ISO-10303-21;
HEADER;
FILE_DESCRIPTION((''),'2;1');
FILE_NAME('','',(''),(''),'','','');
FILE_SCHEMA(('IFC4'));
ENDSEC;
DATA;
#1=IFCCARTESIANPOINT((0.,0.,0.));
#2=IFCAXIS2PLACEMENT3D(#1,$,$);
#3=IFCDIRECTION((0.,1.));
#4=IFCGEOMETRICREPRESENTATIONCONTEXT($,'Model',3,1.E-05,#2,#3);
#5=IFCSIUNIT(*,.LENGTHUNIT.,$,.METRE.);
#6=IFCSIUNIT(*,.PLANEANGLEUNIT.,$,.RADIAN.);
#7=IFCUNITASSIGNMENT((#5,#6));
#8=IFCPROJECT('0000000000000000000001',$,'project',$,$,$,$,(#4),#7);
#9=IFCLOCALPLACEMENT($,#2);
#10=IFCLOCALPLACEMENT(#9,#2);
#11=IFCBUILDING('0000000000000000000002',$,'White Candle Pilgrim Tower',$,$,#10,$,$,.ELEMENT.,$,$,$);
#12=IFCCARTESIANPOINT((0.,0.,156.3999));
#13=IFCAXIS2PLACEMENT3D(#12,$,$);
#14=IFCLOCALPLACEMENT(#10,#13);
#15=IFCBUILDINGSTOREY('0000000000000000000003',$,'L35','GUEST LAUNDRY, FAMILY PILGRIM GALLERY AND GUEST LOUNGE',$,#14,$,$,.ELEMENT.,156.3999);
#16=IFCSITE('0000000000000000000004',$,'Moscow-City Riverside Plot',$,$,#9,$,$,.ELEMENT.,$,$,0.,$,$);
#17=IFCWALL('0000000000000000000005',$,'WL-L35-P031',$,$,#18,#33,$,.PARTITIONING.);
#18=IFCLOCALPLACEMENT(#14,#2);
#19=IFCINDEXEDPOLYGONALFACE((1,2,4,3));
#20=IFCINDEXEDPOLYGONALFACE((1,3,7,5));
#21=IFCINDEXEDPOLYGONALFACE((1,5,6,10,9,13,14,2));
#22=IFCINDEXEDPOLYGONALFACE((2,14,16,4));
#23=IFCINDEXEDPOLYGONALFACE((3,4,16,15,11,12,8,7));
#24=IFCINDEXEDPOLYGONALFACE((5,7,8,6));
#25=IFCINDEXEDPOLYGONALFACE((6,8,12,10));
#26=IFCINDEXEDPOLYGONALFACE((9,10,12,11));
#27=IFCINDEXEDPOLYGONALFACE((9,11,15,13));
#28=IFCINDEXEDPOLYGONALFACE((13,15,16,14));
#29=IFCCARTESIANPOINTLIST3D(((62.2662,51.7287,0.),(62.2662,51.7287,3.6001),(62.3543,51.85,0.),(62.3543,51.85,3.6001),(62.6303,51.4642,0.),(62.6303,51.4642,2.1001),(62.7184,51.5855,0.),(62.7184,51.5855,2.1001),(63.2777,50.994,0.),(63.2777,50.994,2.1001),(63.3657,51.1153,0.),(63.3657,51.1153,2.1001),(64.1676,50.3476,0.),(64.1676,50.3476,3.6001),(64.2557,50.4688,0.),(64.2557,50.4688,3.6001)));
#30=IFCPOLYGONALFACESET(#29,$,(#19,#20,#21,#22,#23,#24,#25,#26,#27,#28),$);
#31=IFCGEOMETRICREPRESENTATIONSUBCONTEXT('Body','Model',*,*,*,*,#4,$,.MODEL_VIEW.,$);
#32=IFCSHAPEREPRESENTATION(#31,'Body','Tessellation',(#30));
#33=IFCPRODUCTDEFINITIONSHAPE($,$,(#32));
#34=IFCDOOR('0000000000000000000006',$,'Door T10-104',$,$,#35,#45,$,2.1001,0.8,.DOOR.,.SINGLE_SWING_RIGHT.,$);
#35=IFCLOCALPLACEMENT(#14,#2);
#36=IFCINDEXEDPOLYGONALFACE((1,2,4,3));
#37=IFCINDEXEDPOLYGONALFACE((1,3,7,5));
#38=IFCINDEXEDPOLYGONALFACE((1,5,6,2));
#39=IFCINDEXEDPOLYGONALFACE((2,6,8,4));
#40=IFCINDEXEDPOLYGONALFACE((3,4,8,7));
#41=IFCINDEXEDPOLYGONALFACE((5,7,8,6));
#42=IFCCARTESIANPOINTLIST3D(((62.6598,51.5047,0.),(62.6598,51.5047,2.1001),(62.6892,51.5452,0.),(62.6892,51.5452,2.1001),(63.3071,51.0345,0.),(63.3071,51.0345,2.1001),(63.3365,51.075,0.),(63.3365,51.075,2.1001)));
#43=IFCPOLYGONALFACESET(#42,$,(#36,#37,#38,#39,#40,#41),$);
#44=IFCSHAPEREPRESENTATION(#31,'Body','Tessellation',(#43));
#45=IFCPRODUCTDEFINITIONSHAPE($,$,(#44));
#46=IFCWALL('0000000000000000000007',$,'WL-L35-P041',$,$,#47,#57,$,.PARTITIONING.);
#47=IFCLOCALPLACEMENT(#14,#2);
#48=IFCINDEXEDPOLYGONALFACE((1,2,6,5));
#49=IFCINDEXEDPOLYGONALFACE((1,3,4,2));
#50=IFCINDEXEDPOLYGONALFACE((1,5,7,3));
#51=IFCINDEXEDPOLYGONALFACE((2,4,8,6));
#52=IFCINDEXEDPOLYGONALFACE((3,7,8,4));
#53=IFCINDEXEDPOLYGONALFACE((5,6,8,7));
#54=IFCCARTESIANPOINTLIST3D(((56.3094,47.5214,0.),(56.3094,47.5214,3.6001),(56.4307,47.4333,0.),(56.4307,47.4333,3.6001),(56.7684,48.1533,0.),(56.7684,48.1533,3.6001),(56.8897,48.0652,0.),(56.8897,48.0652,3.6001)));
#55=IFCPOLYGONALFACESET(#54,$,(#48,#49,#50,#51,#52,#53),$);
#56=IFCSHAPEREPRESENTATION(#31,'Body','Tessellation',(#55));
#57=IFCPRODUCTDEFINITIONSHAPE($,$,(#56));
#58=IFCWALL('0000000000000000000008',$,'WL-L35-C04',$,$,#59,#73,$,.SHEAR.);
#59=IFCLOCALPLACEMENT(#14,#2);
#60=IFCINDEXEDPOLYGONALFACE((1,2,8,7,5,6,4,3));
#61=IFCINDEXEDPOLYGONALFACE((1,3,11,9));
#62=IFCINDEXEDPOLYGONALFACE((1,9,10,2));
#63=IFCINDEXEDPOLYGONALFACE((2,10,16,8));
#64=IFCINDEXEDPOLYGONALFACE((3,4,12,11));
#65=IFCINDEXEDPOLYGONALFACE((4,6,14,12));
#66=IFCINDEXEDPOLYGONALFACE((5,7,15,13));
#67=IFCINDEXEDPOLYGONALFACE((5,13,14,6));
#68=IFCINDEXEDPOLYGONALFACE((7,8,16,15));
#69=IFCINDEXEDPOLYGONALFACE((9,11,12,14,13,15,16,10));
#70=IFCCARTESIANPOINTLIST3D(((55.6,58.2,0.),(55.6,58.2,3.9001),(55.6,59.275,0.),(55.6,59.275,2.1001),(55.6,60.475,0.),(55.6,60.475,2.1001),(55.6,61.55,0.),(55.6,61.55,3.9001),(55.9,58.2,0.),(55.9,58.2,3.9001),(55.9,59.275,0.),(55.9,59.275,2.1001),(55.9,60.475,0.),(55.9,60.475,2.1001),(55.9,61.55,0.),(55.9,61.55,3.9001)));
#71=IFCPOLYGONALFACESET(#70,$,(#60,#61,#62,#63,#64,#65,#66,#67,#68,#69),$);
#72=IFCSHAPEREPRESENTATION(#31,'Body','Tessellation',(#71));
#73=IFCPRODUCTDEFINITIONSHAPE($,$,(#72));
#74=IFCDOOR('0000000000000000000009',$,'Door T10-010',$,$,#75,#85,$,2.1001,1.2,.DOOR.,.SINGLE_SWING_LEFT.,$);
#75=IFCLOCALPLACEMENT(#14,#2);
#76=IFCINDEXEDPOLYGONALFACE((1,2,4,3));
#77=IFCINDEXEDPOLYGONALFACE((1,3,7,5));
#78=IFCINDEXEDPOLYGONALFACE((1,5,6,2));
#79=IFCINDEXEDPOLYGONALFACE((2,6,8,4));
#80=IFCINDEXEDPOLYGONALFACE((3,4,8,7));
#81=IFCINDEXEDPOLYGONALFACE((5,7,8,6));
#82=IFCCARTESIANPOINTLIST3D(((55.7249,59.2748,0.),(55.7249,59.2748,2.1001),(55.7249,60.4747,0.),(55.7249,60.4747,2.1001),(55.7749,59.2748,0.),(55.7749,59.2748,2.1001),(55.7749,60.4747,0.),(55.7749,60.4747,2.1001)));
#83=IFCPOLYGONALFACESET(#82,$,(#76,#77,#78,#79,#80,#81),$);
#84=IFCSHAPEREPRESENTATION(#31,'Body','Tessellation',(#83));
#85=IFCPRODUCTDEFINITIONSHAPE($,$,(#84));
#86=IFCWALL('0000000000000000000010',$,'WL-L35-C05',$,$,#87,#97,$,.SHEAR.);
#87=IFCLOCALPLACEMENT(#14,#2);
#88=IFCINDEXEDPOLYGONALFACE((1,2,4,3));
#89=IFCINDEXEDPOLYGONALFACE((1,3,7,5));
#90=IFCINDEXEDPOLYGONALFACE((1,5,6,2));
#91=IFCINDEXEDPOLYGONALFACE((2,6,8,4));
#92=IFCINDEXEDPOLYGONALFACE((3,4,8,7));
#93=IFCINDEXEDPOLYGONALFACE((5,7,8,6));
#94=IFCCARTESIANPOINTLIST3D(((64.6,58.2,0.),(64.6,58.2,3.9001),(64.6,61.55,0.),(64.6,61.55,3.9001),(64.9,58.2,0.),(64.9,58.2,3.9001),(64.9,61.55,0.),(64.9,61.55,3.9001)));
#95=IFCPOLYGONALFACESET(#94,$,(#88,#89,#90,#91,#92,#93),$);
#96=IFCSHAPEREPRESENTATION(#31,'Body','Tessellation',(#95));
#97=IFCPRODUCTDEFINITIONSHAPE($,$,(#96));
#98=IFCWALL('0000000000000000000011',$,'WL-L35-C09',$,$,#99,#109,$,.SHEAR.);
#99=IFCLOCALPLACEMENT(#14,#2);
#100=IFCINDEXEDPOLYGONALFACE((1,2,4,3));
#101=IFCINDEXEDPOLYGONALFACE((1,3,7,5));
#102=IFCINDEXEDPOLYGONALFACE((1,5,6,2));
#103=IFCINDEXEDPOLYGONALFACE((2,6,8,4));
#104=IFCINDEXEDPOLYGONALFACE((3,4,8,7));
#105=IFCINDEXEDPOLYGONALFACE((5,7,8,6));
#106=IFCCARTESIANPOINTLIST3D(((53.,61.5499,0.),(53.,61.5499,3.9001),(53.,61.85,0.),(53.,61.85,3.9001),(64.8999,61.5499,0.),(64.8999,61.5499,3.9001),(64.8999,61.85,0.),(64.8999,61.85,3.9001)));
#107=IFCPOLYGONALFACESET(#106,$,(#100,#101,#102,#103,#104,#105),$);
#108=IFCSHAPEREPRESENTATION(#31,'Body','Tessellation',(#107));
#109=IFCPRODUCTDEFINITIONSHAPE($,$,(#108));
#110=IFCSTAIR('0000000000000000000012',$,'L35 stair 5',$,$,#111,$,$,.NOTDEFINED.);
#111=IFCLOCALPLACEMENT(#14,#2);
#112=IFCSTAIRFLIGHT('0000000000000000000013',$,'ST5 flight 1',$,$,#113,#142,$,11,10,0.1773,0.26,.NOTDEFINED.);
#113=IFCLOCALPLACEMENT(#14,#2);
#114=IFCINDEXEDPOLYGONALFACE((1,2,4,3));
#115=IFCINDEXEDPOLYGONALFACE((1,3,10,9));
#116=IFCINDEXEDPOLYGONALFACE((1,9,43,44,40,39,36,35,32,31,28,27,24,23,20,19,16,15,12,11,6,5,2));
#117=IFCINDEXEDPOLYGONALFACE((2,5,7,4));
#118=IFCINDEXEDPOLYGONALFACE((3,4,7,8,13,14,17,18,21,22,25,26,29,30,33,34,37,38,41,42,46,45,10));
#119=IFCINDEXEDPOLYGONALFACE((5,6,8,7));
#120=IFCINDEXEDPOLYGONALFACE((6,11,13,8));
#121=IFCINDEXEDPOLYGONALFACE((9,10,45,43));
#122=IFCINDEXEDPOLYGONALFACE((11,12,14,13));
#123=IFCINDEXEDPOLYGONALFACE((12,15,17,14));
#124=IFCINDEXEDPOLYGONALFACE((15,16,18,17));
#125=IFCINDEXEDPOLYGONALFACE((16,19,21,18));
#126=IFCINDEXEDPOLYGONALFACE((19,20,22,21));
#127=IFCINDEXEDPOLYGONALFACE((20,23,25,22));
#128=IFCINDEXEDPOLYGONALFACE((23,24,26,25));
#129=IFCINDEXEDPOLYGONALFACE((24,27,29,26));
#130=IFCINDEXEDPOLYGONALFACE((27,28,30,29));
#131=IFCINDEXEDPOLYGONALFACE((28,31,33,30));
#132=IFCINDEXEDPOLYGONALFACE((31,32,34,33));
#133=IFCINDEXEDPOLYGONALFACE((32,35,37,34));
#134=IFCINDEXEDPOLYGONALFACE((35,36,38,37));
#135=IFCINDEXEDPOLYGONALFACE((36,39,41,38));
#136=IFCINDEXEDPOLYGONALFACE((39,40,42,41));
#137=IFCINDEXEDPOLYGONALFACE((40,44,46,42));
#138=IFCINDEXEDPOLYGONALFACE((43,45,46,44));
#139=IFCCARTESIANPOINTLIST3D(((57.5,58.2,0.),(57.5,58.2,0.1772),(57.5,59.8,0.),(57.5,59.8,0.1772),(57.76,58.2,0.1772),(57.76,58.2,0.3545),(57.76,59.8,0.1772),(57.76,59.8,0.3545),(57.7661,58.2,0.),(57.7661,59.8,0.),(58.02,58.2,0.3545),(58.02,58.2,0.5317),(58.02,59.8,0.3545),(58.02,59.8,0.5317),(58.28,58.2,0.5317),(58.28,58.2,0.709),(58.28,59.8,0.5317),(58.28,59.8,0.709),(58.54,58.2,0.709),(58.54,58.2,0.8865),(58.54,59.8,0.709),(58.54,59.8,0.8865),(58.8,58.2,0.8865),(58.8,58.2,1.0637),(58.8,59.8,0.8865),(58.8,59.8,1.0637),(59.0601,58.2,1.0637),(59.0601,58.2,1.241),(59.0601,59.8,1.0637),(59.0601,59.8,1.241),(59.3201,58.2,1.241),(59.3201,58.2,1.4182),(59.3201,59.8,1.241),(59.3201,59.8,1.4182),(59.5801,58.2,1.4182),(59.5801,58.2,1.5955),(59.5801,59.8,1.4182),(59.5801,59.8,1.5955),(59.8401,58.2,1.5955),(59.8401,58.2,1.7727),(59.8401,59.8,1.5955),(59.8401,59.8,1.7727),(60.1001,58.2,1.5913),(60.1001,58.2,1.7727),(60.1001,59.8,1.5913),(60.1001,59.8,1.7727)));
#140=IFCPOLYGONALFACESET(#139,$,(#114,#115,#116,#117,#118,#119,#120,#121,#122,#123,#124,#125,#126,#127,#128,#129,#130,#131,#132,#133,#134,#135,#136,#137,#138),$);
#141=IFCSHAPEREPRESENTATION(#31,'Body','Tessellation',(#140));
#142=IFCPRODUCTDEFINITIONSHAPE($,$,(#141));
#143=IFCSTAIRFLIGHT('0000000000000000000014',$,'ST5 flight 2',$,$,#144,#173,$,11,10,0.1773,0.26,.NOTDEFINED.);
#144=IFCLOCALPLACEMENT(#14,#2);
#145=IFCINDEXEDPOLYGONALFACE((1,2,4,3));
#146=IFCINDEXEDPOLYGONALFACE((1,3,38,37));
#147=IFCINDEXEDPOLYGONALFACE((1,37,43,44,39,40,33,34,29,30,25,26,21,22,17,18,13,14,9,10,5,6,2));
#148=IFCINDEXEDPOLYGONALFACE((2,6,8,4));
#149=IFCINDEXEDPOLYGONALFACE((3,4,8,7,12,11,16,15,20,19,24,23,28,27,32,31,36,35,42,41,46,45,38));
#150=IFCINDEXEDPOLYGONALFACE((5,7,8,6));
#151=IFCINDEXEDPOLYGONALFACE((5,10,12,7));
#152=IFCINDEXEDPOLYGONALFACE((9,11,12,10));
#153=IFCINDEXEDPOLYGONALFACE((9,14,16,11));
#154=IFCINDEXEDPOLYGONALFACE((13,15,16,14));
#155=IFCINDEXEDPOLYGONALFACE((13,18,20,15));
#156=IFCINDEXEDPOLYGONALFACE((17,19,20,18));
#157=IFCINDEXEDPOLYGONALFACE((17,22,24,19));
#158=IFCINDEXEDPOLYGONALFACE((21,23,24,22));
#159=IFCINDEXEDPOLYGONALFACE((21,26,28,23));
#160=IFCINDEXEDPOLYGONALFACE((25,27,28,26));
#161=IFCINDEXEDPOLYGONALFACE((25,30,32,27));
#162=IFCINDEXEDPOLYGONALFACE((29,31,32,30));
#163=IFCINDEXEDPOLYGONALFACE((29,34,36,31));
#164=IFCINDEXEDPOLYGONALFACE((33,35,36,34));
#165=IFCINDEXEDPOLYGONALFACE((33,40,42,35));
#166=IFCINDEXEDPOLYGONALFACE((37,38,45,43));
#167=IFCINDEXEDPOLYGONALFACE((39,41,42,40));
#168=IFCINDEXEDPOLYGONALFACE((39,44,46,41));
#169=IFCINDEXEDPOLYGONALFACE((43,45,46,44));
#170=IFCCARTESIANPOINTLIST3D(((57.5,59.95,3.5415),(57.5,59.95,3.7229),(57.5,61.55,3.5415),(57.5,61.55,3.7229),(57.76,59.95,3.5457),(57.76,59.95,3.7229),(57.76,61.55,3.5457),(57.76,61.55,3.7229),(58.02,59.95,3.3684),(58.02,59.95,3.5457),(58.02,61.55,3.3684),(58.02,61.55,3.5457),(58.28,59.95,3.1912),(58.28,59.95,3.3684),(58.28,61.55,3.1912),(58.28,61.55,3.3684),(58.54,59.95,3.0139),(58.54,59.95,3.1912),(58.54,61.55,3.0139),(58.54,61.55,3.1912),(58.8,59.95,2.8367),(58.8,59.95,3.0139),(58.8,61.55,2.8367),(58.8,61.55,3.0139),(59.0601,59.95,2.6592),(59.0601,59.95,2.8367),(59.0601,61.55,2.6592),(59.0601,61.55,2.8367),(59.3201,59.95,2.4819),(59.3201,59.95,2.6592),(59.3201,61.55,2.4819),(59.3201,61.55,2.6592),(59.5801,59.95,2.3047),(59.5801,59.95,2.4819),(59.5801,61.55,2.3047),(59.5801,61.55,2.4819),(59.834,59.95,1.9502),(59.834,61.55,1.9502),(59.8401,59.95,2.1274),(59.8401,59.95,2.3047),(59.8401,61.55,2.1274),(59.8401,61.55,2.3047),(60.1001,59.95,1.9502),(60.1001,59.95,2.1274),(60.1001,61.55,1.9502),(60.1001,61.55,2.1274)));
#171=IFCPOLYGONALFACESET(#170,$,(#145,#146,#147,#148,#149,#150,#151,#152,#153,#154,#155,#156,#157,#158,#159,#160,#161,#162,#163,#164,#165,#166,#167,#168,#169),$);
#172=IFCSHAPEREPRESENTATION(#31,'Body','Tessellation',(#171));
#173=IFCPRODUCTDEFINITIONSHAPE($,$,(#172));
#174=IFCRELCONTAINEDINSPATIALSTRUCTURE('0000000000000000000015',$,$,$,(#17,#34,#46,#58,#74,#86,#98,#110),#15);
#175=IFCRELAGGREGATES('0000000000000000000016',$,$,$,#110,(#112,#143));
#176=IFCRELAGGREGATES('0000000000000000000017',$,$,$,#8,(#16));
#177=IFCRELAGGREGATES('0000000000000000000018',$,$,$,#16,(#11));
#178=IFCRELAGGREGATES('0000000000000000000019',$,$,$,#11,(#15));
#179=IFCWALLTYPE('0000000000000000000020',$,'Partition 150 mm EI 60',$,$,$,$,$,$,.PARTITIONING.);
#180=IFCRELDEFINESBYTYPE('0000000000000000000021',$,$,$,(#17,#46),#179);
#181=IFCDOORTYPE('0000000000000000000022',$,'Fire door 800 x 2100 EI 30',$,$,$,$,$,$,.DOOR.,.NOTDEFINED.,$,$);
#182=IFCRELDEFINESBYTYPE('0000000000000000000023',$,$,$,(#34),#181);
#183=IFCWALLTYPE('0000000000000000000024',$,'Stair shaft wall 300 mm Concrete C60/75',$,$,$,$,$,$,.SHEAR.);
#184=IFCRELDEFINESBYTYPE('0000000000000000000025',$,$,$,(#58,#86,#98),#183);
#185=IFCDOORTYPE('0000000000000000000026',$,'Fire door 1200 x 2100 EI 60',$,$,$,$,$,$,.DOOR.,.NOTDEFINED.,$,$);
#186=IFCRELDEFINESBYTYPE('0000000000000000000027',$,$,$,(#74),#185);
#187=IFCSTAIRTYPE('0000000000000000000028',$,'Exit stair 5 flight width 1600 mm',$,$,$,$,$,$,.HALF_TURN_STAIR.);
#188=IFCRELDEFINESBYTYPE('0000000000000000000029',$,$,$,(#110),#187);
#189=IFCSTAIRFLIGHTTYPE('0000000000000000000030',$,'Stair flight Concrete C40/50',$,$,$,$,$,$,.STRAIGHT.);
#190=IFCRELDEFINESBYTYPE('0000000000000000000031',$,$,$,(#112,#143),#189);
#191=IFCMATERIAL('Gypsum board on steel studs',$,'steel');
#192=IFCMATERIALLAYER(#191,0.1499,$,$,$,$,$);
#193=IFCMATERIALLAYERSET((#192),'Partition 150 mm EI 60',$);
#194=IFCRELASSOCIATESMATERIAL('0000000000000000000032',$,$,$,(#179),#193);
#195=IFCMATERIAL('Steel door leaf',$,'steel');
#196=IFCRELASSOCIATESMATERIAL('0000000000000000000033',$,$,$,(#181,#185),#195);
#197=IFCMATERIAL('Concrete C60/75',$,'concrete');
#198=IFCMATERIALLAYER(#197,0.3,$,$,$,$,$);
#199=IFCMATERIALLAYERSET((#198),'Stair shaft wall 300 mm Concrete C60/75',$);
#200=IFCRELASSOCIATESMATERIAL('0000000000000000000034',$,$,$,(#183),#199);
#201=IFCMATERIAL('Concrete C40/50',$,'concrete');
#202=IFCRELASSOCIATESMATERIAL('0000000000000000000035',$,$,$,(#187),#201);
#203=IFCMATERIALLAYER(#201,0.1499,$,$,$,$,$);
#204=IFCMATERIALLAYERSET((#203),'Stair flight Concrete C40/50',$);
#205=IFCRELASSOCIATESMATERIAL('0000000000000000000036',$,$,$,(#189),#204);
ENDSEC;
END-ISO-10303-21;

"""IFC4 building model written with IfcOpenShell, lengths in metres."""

from ifc_helpers import new_model, si_unit, direction, frame, frame_2d, origin, place, context, subcontext, project, spatial, polyline, rectangle, outline, extrude, material, layer, layer_set, type_object, element, fill, aggregate, save


model = new_model("IFC4")

# Units and contexts
model_context = context("Model", 3, precision=1e-05, world=origin(), true_north=direction((0.0, 1.0)))
body_context = subcontext(model_context, "Body", "Model", "MODEL_VIEW")
ifc_project = project(units=[si_unit("LENGTHUNIT", "METRE"), si_unit("PLANEANGLEUNIT", "RADIAN")], contexts=[model_context])

# Site, building, storey
site_placement = place(None, origin())
site = spatial("IfcSite", under=ifc_project, at=site_placement, Name="Moscow-City Riverside Plot", CompositionType="ELEMENT", RefElevation=0.0)
building_placement = place(site_placement, origin())
building = spatial("IfcBuilding", under=site, at=building_placement, Name="White Candle Pilgrim Tower", CompositionType="ELEMENT")
storey_placement = place(building_placement, frame((0.0, 0.0, 156.3999)))
storey = spatial("IfcBuildingStorey", under=building, at=storey_placement, Name="L35", Description="GUEST LAUNDRY, FAMILY PILGRIM GALLERY AND GUEST LOUNGE", CompositionType="ELEMENT", Elevation=156.3999)

# Shared definitions
ifc_material_1 = material(Name="Concrete C60/75", Category="concrete")

# Shared definitions
ifc_material_2 = material(Name="Gypsum board on steel studs", Category="steel")
ifc_material_3 = material(Name="Steel door leaf", Category="steel")

# Shared definitions
ifc_layer_1 = layer(ifc_material_2, 0.1499)
ifc_layer_set_1 = layer_set([ifc_layer_1], Name="Partition 150 mm EI 60")
wall_type_1 = type_object("IfcWallType", Name="Partition 150 mm EI 60", PredefinedType="PARTITIONING", material=ifc_layer_set_1)

# Wall, opening, door
wall_1_placement = place(storey_placement, frame((64.2117, 50.4082, 0.0), z_axis=(0.0, 0.0, 1.0), x_axis=(-0.809082, 0.587696, 0.0)))
wall_1 = element("IfcWall", 1, at=wall_1_placement, inside=storey, type_object=wall_type_1, Name="WL-L35-P031", PredefinedType="PARTITIONING", context=body_context, shape_type="SweptSolid", body=[
    extrude(rectangle(XDim=2.3501, YDim=0.1499, at=frame_2d((1.175, 0.0))), origin(), (0.0, 0.0, 1.0), 3.6001),
])
opening_1_placement = place(wall_1_placement, frame((1.1001, 0.0, 0.0)))
opening_1 = element("IfcOpeningElement", 2, at=opening_1_placement, cuts=wall_1, PredefinedType="OPENING", context=body_context, shape_type="SweptSolid", body=[
    extrude(rectangle(XDim=0.8, YDim=2.1001, at=frame_2d((0.3999, 1.05))), frame((0.0, 0.085, 0.0), z_axis=(0.0, -1.0, 0.0), x_axis=(1.0, 0.0, 0.0)), (0.0, 0.0, 1.0), 0.1699),
])
door_type_1 = type_object("IfcDoorType", Name="Fire door 800 x 2100 EI 30", OperationType="NOTDEFINED", PredefinedType="DOOR", material=ifc_material_3)
door_1_placement = place(opening_1_placement, origin())
door_1 = element("IfcDoor", 3, at=door_1_placement, inside=storey, type_object=door_type_1, Name="Door T10-104", OperationType="SINGLE_SWING_RIGHT", OverallHeight=2.1001, OverallWidth=0.8, PredefinedType="DOOR", context=body_context, shape_type="SweptSolid", body=[
    extrude(rectangle(XDim=0.8, YDim=2.1001, at=frame_2d((0.3999, 1.05))), frame((0.0, 0.0249, 0.0), z_axis=(0.0, -1.0, 0.0), x_axis=(1.0, 0.0, 0.0)), (0.0, 0.0, 1.0), 0.05),
])
fill(opening_1, door_1)

# Wall
wall_2_placement = place(storey_placement, frame((56.8291, 48.1094, 0.0), z_axis=(0.0, 0.0, 1.0), x_axis=(-0.587725, -0.80906, 0.0)))
element("IfcWall", 4, at=wall_2_placement, inside=storey, type_object=wall_type_1, Name="WL-L35-P041", PredefinedType="PARTITIONING", context=body_context, shape_type="SweptSolid", body=[
    extrude(rectangle(XDim=0.781, YDim=0.1499, at=frame_2d((0.3906, 0.0))), origin(), (0.0, 0.0, 1.0), 3.6001),
])

# Wall, opening, door
ifc_layer_2 = layer(ifc_material_1, 0.3)
ifc_layer_set_2 = layer_set([ifc_layer_2], Name="Stair shaft wall 300 mm Concrete C60/75")
wall_type_2 = type_object("IfcWallType", Name="Stair shaft wall 300 mm Concrete C60/75", PredefinedType="SHEAR", material=ifc_layer_set_2)
wall_3_placement = place(storey_placement, frame((55.75, 58.2, 0.0), z_axis=(0.0, 0.0, 1.0), x_axis=(0.0, 1.0, 0.0)))
wall_3 = element("IfcWall", 5, at=wall_3_placement, inside=storey, type_object=wall_type_2, Name="WL-L35-C04", PredefinedType="SHEAR", context=body_context, shape_type="SweptSolid", body=[
    extrude(rectangle(XDim=3.3501, YDim=0.3, at=frame_2d((1.675, 0.0))), origin(), (0.0, 0.0, 1.0), 3.9001),
])
opening_2_placement = place(wall_3_placement, frame((1.075, 0.0, 0.0)))
opening_2 = element("IfcOpeningElement", 6, at=opening_2_placement, cuts=wall_3, PredefinedType="OPENING", context=body_context, shape_type="SweptSolid", body=[
    extrude(rectangle(XDim=1.2, YDim=2.1001, at=frame_2d((0.6001, 1.05))), frame((0.0, 0.1599, 0.0), z_axis=(0.0, -1.0, 0.0), x_axis=(1.0, 0.0, 0.0)), (0.0, 0.0, 1.0), 0.3201),
])
door_type_2 = type_object("IfcDoorType", Name="Fire door 1200 x 2100 EI 60", OperationType="NOTDEFINED", PredefinedType="DOOR", material=ifc_material_3)
door_2_placement = place(opening_2_placement, frame((1.2, 0.0, 0.0), z_axis=(0.0, 0.0, 1.0), x_axis=(-1.0, 0.0, 0.0)))
door_2 = element("IfcDoor", 7, at=door_2_placement, inside=storey, type_object=door_type_2, Name="Door T10-010", OperationType="SINGLE_SWING_LEFT", OverallHeight=2.1001, OverallWidth=1.2, PredefinedType="DOOR", context=body_context, shape_type="SweptSolid", body=[
    extrude(rectangle(XDim=1.2, YDim=2.1001, at=frame_2d((0.6001, 1.05))), frame((0.0, 0.0249, 0.0), z_axis=(0.0, -1.0, 0.0), x_axis=(1.0, 0.0, 0.0)), (0.0, 0.0, 1.0), 0.05),
])
fill(opening_2, door_2)

# Walls
wall_4_placement = place(storey_placement, frame((64.75, 58.2, 0.0), z_axis=(0.0, 0.0, 1.0), x_axis=(0.0, 1.0, 0.0)))
element("IfcWall", 8, at=wall_4_placement, inside=storey, type_object=wall_type_2, Name="WL-L35-C05", PredefinedType="SHEAR", context=body_context, shape_type="SweptSolid", body=[
    extrude(rectangle(XDim=3.3501, YDim=0.3, at=frame_2d((1.675, 0.0))), origin(), (0.0, 0.0, 1.0), 3.9001),
])
wall_5_placement = place(storey_placement, frame((53.0, 61.7, 0.0), z_axis=(0.0, 0.0, 1.0), x_axis=(1.0, 0.0, 0.0)))
element("IfcWall", 9, at=wall_5_placement, inside=storey, type_object=wall_type_2, Name="WL-L35-C09", PredefinedType="SHEAR", context=body_context, shape_type="SweptSolid", body=[
    extrude(rectangle(XDim=11.8999, YDim=0.3, at=frame_2d((5.95, 0.0))), origin(), (0.0, 0.0, 1.0), 3.9001),
])

# Stair, stair flights
ifc_material_4 = material(Name="Concrete C40/50", Category="concrete")
stair_type = type_object("IfcStairType", Name="Exit stair 5 flight width 1600 mm", PredefinedType="HALF_TURN_STAIR", material=ifc_material_4)
stair_placement = place(storey_placement, origin())
stair = element("IfcStair", 10, at=stair_placement, inside=storey, type_object=stair_type, Name="L35 stair 5", PredefinedType="NOTDEFINED")
ifc_layer_3 = layer(ifc_material_4, 0.1499)
ifc_layer_set_3 = layer_set([ifc_layer_3], Name="Stair flight Concrete C40/50")
stair_flight_type = type_object("IfcStairFlightType", Name="Stair flight Concrete C40/50", PredefinedType="STRAIGHT", material=ifc_layer_set_3)
stair_flight_1_placement = place(storey_placement, frame((57.5, 59.0, 0.0), z_axis=(0.0, 0.0, 1.0), x_axis=(1.0, 0.0, 0.0)))
stair_flight_1 = element("IfcStairFlight", 11, at=stair_flight_1_placement, type_object=stair_flight_type, Name="ST5 flight 1", NumberOfRisers=11, NumberOfTreads=10, PredefinedType="NOTDEFINED", RiserHeight=0.1773, TreadLength=0.26, context=body_context, shape_type="SweptSolid", body=[
    extrude(outline(polyline([(0.0, 0.0), (0.0, 0.1772), (0.26, 0.1772), (0.26, 0.3545), (0.52, 0.3545), (0.52, 0.5317), (0.78, 0.5317), (0.78, 0.709), (1.04, 0.709), (1.04, 0.8865), (1.3, 0.8865), (1.3, 1.0637), (1.5601, 1.0637), (1.5601, 1.241), (1.8201, 1.241), (1.8201, 1.4182), (2.0801, 1.4182), (2.0801, 1.5955), (2.3401, 1.5955), (2.3401, 1.7727), (2.6001, 1.7727), (2.6001, 1.95), (2.6001, 1.5913), (0.2661, 0.0), (0.0, 0.0)])), frame((0.0, 0.8, 0.0), z_axis=(0.0, -1.0, 0.0), x_axis=(1.0, 0.0, 0.0)), (0.0, 0.0, 1.0), 1.6001),
])
stair_flight_2_placement = place(storey_placement, frame((60.1001, 60.75, 1.9502), z_axis=(0.0, 0.0, 1.0), x_axis=(-1.0, 0.0, 0.0)))
stair_flight_2 = element("IfcStairFlight", 12, at=stair_flight_2_placement, type_object=stair_flight_type, Name="ST5 flight 2", NumberOfRisers=11, NumberOfTreads=10, PredefinedType="NOTDEFINED", RiserHeight=0.1773, TreadLength=0.26, context=body_context, shape_type="SweptSolid", body=[
    extrude(outline(polyline([(0.0, 0.0), (0.0, 0.1772), (0.26, 0.1772), (0.26, 0.3545), (0.52, 0.3545), (0.52, 0.5317), (0.78, 0.5317), (0.78, 0.709), (1.04, 0.709), (1.04, 0.8865), (1.3, 0.8865), (1.3, 1.0637), (1.5601, 1.0637), (1.5601, 1.241), (1.8201, 1.241), (1.8201, 1.4182), (2.0801, 1.4182), (2.0801, 1.5955), (2.3401, 1.5955), (2.3401, 1.7727), (2.6001, 1.7727), (2.6001, 1.95), (2.6001, 1.5913), (0.2661, 0.0), (0.0, 0.0)])), frame((0.0, 0.8, 0.0), z_axis=(0.0, -1.0, 0.0), x_axis=(1.0, 0.0, 0.0)), (0.0, 0.0, 1.0), 1.6001),
])
aggregate(stair, [stair_flight_1, stair_flight_2])

save(model, "model.ifc")
